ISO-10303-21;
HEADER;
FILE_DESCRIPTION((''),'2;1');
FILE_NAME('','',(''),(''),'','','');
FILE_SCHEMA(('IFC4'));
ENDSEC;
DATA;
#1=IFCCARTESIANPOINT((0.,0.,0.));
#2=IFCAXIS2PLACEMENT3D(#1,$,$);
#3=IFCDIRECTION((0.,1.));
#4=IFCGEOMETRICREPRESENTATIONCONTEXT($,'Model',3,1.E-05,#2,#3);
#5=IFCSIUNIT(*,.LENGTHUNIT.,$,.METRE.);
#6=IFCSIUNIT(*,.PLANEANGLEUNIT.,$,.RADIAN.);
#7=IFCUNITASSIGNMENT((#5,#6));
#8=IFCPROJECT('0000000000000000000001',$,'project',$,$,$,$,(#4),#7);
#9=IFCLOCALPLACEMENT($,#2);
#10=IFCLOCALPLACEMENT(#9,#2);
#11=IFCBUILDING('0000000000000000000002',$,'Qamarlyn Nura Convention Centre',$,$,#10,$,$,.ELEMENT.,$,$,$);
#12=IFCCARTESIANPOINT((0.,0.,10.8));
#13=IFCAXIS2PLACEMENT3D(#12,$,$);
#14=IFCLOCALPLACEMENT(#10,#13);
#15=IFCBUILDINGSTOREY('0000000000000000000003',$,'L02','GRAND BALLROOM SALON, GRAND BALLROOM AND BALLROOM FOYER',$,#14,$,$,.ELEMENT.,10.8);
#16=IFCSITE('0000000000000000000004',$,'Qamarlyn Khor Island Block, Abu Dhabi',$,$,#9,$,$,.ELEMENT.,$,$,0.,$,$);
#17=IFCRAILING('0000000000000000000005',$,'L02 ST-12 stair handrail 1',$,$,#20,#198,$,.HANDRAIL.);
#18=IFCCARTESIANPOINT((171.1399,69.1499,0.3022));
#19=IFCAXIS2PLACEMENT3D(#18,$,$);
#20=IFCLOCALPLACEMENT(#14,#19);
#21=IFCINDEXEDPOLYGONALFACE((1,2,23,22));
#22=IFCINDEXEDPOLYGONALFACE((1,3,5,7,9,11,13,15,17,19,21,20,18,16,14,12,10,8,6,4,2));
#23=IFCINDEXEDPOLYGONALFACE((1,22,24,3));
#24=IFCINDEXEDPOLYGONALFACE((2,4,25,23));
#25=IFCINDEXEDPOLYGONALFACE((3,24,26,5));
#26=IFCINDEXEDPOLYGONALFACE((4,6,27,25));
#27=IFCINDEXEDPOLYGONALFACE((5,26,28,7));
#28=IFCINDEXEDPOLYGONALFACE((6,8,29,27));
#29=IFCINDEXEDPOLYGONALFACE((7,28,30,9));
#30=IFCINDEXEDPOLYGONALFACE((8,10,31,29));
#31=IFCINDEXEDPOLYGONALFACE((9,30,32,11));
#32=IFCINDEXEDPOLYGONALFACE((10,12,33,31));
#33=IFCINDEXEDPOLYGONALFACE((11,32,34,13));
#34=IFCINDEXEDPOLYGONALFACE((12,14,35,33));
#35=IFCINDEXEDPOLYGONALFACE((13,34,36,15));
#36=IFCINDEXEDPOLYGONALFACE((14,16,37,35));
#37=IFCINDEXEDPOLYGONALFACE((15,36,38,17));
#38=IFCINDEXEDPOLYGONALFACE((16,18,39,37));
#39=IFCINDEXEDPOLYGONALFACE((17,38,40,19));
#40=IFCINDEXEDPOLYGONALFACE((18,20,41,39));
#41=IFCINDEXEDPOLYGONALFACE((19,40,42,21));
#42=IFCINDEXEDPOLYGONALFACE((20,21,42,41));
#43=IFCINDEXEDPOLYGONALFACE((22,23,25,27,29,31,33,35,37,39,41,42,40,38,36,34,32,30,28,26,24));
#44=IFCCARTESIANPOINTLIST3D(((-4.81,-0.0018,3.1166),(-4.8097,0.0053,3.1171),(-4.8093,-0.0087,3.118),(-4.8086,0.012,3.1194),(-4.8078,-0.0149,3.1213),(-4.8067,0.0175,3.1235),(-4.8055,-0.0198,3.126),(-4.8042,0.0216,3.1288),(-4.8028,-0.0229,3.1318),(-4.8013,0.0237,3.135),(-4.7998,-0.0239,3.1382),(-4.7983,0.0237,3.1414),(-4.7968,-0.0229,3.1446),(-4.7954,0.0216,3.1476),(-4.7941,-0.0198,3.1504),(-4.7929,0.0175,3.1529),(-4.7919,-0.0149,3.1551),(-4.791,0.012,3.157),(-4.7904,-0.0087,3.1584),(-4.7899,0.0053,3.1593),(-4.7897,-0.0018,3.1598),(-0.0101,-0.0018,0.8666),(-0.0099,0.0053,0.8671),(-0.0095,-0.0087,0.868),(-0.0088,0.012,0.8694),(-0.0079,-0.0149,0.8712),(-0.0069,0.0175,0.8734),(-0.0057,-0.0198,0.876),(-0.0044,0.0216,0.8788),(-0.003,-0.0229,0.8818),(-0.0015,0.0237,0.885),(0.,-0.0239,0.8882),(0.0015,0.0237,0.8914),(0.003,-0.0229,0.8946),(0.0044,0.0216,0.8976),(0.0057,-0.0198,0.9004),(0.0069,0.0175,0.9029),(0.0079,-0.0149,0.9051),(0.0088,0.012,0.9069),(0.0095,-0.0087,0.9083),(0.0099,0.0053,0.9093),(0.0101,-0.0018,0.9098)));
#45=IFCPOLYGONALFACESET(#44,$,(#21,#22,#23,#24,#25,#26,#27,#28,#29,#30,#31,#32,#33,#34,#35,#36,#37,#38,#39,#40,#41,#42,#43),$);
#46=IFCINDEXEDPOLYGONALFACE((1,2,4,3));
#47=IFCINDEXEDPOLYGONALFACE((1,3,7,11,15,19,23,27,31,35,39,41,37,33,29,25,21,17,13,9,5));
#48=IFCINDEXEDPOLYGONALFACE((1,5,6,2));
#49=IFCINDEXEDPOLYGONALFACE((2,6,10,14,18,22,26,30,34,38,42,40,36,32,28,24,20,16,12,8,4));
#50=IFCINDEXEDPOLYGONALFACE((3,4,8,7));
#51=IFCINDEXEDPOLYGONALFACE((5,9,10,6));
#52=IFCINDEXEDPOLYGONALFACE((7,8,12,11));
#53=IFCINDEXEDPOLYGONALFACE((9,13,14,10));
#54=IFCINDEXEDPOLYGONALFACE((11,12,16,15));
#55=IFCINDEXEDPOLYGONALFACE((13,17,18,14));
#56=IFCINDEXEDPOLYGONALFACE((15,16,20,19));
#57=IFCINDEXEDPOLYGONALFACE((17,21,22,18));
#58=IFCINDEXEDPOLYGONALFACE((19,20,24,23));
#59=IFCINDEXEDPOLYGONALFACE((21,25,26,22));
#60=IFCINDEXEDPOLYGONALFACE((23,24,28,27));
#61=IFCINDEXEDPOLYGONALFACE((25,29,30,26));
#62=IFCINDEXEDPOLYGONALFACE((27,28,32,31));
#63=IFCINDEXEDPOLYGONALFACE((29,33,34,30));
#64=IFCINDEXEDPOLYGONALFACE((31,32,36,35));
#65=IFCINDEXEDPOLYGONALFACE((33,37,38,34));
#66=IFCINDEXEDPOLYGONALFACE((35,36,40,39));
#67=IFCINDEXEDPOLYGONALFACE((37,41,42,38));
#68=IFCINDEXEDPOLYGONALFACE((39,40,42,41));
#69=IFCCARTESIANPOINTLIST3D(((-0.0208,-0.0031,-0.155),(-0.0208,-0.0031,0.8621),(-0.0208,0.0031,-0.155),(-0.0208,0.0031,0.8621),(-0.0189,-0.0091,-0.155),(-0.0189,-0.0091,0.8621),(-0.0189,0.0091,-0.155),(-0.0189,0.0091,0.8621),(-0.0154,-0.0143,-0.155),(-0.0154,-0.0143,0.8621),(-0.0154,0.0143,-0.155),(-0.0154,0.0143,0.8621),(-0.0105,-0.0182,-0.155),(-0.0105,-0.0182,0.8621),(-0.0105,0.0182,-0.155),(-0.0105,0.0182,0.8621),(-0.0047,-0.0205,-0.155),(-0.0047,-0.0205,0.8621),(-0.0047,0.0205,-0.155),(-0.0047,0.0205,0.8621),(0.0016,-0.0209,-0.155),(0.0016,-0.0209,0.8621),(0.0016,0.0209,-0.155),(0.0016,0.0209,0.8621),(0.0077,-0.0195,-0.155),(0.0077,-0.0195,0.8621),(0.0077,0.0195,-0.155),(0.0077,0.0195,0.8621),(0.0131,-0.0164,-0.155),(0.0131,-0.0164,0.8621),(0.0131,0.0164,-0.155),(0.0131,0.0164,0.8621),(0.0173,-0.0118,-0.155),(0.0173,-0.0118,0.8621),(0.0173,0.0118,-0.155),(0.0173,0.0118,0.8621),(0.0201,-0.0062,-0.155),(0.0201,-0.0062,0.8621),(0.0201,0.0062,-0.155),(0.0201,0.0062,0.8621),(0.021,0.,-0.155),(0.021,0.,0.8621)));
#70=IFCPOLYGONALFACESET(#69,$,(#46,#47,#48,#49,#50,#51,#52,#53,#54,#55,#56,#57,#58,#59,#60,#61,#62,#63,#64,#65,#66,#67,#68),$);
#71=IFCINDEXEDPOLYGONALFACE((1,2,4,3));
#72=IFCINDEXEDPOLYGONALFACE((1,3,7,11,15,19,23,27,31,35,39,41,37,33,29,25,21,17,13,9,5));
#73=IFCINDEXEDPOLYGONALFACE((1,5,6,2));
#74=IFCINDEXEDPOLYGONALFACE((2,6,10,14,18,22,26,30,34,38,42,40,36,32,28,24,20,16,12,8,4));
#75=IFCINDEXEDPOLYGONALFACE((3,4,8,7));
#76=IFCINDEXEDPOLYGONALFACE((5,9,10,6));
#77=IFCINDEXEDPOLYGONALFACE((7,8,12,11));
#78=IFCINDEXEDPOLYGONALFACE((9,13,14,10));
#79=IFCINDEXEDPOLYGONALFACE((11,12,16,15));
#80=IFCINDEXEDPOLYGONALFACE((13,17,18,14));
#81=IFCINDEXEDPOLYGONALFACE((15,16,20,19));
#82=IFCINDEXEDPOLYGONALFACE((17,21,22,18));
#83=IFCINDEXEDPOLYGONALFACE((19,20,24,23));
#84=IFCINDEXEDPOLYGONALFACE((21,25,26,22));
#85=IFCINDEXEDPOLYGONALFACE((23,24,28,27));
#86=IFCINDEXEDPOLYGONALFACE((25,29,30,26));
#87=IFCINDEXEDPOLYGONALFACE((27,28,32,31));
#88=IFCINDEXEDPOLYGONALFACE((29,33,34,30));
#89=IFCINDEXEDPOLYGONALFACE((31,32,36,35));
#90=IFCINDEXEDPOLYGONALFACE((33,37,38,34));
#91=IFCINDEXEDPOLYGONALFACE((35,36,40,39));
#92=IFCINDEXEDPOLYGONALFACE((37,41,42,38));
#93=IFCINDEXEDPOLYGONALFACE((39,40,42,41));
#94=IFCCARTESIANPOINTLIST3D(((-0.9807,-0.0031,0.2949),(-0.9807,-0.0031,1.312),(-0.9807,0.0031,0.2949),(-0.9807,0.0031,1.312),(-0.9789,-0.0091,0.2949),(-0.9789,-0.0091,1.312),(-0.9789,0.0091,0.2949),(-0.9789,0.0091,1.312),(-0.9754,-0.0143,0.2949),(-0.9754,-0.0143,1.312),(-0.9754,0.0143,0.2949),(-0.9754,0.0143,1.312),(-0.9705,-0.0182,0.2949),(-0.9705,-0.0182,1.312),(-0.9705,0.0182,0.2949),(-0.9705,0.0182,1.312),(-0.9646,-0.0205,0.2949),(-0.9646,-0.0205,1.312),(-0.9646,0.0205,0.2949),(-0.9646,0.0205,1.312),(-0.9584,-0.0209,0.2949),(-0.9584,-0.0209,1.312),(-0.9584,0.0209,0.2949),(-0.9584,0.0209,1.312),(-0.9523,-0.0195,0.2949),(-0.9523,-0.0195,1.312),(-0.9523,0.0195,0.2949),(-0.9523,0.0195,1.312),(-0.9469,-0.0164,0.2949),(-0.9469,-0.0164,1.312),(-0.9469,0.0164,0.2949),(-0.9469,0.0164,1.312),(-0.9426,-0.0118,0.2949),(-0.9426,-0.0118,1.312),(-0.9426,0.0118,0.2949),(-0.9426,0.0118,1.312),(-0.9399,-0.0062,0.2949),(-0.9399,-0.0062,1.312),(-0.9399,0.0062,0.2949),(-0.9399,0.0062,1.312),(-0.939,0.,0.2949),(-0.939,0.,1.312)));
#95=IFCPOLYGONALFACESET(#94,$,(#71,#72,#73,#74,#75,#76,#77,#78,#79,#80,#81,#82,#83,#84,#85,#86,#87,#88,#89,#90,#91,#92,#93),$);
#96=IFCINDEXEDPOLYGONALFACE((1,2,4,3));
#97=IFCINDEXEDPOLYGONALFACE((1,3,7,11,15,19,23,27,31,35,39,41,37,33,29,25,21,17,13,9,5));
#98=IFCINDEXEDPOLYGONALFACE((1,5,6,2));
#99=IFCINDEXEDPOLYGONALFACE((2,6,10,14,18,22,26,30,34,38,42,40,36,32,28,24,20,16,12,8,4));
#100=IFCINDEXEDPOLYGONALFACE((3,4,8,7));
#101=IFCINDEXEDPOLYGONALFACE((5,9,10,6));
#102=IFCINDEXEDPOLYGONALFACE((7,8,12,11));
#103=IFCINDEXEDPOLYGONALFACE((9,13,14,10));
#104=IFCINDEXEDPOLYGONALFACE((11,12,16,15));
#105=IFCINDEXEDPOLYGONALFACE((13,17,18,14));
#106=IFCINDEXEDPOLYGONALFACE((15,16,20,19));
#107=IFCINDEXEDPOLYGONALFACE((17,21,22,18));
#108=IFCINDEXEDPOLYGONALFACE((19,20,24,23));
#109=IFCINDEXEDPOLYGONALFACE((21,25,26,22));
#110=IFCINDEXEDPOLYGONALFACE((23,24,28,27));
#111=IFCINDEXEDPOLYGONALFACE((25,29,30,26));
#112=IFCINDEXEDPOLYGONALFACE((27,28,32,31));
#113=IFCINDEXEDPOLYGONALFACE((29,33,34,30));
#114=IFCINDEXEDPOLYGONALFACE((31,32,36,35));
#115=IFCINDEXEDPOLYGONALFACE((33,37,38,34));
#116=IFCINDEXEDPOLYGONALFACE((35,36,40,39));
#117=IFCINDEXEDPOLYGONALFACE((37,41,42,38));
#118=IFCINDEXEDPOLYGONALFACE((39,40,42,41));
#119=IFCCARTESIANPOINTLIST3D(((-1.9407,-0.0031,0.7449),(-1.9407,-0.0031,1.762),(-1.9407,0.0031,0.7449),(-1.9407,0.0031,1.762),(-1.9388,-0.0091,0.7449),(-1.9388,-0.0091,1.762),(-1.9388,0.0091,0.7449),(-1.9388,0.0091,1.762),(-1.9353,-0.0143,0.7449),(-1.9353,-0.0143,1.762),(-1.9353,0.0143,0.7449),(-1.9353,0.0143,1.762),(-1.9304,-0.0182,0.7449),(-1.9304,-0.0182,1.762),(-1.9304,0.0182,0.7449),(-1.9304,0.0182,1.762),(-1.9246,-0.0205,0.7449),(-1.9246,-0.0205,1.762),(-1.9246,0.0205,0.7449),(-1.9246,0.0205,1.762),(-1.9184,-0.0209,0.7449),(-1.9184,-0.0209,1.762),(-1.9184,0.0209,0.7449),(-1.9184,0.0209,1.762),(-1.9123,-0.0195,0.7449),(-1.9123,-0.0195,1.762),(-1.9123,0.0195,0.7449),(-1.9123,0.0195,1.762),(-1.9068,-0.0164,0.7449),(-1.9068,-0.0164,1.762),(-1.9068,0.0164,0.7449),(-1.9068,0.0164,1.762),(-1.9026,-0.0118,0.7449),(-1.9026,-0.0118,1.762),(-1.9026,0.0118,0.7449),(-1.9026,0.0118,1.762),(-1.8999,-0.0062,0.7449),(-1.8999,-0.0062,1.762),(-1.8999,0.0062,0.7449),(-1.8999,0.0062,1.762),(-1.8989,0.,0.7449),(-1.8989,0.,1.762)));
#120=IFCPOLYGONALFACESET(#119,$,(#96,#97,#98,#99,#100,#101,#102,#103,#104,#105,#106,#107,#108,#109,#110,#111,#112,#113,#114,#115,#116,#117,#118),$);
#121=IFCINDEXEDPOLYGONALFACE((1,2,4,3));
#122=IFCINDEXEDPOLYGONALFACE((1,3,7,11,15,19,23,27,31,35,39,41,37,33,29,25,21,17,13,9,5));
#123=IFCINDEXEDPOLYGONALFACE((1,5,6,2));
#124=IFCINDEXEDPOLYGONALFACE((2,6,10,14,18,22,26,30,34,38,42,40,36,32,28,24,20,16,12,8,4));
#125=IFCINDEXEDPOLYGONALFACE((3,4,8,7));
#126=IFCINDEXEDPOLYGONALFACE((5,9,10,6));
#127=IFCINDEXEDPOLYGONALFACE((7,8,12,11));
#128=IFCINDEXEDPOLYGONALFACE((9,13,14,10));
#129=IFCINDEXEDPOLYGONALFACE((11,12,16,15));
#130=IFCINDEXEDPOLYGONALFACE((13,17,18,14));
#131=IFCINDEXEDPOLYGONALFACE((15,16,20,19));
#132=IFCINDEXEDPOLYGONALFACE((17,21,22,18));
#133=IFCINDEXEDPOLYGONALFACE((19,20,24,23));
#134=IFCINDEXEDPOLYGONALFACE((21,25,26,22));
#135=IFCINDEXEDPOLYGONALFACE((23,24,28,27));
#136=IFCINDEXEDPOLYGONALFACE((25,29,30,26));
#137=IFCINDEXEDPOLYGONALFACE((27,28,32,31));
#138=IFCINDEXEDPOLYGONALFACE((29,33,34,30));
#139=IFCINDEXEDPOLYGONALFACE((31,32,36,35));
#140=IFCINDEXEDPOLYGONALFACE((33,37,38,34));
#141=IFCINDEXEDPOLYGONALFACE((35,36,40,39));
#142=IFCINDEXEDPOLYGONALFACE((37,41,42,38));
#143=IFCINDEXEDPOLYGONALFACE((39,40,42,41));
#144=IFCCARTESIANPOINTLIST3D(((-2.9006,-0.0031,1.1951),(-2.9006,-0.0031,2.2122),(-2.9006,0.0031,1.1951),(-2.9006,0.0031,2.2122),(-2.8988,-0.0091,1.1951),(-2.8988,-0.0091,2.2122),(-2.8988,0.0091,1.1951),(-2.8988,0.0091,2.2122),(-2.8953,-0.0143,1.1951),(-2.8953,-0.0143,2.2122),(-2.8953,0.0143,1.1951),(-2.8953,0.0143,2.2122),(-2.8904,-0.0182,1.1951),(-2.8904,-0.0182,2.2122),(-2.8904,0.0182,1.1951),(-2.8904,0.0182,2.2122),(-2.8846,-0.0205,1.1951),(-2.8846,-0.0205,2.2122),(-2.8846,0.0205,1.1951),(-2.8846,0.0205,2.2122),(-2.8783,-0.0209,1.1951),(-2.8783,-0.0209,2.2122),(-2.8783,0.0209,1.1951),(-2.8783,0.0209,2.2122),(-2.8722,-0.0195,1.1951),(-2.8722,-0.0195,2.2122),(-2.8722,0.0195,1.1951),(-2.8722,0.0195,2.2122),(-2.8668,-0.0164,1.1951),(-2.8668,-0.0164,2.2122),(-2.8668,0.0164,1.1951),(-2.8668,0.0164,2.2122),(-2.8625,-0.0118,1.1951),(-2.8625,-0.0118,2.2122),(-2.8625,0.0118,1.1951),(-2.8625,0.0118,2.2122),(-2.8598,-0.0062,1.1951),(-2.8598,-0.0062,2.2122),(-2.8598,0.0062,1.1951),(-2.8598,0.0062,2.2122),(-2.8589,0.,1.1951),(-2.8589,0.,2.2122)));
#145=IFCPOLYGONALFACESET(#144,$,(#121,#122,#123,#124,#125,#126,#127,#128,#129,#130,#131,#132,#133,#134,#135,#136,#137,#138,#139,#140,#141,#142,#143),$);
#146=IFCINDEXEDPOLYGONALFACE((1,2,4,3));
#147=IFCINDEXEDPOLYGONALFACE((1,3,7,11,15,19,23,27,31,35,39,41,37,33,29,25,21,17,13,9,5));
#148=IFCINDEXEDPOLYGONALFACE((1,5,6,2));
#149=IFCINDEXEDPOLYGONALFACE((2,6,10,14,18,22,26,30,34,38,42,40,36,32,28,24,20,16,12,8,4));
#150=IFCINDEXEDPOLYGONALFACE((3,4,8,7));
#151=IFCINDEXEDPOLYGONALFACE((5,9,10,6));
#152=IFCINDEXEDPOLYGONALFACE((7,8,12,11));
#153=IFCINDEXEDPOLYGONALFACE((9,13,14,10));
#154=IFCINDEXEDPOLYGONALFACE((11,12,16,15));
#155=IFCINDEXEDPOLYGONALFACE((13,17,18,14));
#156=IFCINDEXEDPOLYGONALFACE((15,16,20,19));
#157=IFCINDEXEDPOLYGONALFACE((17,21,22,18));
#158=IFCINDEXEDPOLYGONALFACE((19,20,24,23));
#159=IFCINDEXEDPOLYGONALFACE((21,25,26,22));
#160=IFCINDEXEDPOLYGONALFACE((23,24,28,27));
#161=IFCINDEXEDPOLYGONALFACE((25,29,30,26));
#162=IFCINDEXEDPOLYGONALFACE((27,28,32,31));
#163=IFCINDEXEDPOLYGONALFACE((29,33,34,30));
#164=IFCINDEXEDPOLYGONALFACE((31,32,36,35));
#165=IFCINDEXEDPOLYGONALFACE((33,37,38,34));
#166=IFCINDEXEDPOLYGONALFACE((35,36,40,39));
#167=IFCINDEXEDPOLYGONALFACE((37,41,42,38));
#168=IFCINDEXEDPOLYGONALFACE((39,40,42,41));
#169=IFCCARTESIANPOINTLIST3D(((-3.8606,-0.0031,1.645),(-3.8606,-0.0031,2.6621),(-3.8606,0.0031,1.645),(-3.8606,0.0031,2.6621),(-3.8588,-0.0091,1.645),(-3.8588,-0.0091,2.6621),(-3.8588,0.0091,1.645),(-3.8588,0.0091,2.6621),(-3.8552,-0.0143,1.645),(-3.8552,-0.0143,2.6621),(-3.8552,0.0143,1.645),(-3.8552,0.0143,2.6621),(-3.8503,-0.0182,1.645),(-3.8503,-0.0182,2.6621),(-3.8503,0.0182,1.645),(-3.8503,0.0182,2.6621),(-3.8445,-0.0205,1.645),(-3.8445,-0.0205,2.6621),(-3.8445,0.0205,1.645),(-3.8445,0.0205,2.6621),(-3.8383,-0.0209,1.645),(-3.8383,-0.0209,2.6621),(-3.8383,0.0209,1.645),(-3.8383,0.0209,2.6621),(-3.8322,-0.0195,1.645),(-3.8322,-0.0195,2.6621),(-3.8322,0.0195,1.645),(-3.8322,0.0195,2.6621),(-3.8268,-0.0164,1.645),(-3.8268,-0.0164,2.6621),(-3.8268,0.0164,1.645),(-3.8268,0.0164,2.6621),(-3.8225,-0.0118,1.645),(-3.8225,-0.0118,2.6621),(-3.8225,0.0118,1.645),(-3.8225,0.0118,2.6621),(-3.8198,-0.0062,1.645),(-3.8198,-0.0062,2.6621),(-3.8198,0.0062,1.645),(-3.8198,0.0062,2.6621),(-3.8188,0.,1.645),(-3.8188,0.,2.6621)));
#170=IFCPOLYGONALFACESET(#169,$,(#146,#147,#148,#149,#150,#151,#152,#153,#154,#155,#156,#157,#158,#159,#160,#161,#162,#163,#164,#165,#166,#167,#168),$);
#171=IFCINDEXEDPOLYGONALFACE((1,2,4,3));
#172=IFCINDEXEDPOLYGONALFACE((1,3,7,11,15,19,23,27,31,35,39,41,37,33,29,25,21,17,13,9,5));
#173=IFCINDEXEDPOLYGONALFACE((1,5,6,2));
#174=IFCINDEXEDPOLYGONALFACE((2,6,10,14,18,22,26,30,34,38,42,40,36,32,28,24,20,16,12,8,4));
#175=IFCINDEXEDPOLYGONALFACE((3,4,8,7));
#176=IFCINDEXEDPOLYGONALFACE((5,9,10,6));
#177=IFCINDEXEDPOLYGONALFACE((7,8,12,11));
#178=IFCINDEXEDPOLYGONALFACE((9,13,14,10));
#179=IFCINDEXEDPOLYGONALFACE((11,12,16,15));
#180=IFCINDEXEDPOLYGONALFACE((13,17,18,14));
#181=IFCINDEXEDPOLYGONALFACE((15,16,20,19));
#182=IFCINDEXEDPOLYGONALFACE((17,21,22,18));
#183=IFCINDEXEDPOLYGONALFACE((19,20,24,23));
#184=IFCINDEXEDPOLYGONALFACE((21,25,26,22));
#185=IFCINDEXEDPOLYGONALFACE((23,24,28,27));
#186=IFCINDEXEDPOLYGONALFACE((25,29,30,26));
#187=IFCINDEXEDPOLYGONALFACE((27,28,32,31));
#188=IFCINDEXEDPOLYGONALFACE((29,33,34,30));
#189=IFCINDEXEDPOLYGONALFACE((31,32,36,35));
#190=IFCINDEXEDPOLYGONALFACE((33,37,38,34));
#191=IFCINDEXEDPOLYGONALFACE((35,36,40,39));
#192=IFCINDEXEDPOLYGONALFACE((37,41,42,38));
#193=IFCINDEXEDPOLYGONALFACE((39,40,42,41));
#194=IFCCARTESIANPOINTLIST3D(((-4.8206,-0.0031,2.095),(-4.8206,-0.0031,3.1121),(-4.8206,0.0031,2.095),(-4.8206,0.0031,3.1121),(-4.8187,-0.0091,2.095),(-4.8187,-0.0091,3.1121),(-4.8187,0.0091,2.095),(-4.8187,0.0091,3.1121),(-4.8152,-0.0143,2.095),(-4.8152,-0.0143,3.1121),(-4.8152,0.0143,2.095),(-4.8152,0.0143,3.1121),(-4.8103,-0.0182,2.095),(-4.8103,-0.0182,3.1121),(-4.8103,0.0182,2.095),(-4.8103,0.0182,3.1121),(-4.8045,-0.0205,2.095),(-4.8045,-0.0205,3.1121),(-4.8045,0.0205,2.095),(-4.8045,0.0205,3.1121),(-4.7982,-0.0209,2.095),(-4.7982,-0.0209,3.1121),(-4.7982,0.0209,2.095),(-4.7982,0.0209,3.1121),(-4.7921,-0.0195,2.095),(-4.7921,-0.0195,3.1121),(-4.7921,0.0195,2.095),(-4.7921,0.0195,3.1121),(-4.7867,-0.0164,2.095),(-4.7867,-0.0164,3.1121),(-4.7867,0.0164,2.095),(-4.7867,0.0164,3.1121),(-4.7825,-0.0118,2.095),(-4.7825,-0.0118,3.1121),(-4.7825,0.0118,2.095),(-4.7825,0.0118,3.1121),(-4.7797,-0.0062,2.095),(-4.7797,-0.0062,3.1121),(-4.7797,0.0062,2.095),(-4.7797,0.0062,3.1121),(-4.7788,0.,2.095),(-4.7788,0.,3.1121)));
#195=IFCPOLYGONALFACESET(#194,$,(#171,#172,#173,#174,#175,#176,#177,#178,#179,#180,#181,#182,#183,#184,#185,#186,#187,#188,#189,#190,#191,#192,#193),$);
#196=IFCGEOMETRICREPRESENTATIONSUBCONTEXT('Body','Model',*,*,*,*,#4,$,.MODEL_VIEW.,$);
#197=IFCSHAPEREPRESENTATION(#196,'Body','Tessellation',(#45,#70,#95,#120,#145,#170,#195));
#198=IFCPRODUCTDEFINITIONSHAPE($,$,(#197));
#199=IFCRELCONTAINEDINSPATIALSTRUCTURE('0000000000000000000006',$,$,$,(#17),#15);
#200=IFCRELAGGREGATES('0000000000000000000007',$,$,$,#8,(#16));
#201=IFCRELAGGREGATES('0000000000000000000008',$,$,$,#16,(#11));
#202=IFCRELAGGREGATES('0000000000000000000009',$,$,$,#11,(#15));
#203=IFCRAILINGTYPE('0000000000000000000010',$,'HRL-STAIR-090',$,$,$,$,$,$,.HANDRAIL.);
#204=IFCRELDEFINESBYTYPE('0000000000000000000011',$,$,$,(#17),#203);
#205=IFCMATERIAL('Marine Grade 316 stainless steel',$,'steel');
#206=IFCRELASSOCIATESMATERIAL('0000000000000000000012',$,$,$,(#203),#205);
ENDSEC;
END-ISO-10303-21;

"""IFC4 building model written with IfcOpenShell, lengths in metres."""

from ifc_helpers import new_model, si_unit, direction, frame, origin, origin_2d, place, context, subcontext, project, spatial, circle, extrude, material, type_object, element, save


model = new_model("IFC4")

# Units and contexts
model_context = context("Model", 3, precision=1e-05, world=origin(), true_north=direction((0.0, 1.0)))
body_context = subcontext(model_context, "Body", "Model", "MODEL_VIEW")
ifc_project = project(units=[si_unit("LENGTHUNIT", "METRE"), si_unit("PLANEANGLEUNIT", "RADIAN")], contexts=[model_context])

# Site, building, storey
site_placement = place(None, origin())
site = spatial("IfcSite", under=ifc_project, at=site_placement, Name="Qamarlyn Khor Island Block, Abu Dhabi", CompositionType="ELEMENT", RefElevation=0.0)
building_placement = place(site_placement, origin())
building = spatial("IfcBuilding", under=site, at=building_placement, Name="Qamarlyn Nura Convention Centre", CompositionType="ELEMENT")
storey_placement = place(building_placement, frame((0.0, 0.0, 10.8)))
storey = spatial("IfcBuildingStorey", under=building, at=storey_placement, Name="L02", Description="GRAND BALLROOM SALON, GRAND BALLROOM AND BALLROOM FOYER", CompositionType="ELEMENT", Elevation=10.8)

# Railing
ifc_material_1 = material(Name="Marine Grade 316 stainless steel", Category="steel")
railing_type_1 = type_object("IfcRailingType", Name="HRL-STAIR-090", PredefinedType="HANDRAIL", material=ifc_material_1)
for number, where, name in (
    (1, (171.1399, 69.1499, 0.3022), "L02 ST-12 stair handrail 1"),
):
    element("IfcRailing", number, at=place(storey_placement, frame(where)), inside=storey, type_object=railing_type_1, Name=name, PredefinedType="HANDRAIL", context=body_context, shape_type="SweptSolid", body=[
        extrude(circle(Radius=0.0239, at=origin_2d()), frame((0.0, 0.0, 0.8882), z_axis=(-0.905452, 0.0, 0.424448), x_axis=(0.0, -1.0, 0.0)), (0.0, 0.0, 1.0), 5.301),
        extrude(circle(Radius=0.021, at=origin_2d()), frame((0.0, 0.0, -0.155)), (0.0, 0.0, 1.0), 1.0171),
        extrude(circle(Radius=0.021, at=origin_2d()), frame((-0.96, 0.0, 0.2949)), (0.0, 0.0, 1.0), 1.0171),
        extrude(circle(Radius=0.021, at=origin_2d()), frame((-1.9199, 0.0, 0.7449)), (0.0, 0.0, 1.0), 1.0171),
        extrude(circle(Radius=0.021, at=origin_2d()), frame((-2.8799, 0.0, 1.1951)), (0.0, 0.0, 1.0), 1.0171),
        extrude(circle(Radius=0.021, at=origin_2d()), frame((-3.8398, 0.0, 1.645)), (0.0, 0.0, 1.0), 1.0171),
        extrude(circle(Radius=0.021, at=origin_2d()), frame((-4.7998, 0.0, 2.095)), (0.0, 0.0, 1.0), 1.0171),
    ])

save(model, "model.ifc")
